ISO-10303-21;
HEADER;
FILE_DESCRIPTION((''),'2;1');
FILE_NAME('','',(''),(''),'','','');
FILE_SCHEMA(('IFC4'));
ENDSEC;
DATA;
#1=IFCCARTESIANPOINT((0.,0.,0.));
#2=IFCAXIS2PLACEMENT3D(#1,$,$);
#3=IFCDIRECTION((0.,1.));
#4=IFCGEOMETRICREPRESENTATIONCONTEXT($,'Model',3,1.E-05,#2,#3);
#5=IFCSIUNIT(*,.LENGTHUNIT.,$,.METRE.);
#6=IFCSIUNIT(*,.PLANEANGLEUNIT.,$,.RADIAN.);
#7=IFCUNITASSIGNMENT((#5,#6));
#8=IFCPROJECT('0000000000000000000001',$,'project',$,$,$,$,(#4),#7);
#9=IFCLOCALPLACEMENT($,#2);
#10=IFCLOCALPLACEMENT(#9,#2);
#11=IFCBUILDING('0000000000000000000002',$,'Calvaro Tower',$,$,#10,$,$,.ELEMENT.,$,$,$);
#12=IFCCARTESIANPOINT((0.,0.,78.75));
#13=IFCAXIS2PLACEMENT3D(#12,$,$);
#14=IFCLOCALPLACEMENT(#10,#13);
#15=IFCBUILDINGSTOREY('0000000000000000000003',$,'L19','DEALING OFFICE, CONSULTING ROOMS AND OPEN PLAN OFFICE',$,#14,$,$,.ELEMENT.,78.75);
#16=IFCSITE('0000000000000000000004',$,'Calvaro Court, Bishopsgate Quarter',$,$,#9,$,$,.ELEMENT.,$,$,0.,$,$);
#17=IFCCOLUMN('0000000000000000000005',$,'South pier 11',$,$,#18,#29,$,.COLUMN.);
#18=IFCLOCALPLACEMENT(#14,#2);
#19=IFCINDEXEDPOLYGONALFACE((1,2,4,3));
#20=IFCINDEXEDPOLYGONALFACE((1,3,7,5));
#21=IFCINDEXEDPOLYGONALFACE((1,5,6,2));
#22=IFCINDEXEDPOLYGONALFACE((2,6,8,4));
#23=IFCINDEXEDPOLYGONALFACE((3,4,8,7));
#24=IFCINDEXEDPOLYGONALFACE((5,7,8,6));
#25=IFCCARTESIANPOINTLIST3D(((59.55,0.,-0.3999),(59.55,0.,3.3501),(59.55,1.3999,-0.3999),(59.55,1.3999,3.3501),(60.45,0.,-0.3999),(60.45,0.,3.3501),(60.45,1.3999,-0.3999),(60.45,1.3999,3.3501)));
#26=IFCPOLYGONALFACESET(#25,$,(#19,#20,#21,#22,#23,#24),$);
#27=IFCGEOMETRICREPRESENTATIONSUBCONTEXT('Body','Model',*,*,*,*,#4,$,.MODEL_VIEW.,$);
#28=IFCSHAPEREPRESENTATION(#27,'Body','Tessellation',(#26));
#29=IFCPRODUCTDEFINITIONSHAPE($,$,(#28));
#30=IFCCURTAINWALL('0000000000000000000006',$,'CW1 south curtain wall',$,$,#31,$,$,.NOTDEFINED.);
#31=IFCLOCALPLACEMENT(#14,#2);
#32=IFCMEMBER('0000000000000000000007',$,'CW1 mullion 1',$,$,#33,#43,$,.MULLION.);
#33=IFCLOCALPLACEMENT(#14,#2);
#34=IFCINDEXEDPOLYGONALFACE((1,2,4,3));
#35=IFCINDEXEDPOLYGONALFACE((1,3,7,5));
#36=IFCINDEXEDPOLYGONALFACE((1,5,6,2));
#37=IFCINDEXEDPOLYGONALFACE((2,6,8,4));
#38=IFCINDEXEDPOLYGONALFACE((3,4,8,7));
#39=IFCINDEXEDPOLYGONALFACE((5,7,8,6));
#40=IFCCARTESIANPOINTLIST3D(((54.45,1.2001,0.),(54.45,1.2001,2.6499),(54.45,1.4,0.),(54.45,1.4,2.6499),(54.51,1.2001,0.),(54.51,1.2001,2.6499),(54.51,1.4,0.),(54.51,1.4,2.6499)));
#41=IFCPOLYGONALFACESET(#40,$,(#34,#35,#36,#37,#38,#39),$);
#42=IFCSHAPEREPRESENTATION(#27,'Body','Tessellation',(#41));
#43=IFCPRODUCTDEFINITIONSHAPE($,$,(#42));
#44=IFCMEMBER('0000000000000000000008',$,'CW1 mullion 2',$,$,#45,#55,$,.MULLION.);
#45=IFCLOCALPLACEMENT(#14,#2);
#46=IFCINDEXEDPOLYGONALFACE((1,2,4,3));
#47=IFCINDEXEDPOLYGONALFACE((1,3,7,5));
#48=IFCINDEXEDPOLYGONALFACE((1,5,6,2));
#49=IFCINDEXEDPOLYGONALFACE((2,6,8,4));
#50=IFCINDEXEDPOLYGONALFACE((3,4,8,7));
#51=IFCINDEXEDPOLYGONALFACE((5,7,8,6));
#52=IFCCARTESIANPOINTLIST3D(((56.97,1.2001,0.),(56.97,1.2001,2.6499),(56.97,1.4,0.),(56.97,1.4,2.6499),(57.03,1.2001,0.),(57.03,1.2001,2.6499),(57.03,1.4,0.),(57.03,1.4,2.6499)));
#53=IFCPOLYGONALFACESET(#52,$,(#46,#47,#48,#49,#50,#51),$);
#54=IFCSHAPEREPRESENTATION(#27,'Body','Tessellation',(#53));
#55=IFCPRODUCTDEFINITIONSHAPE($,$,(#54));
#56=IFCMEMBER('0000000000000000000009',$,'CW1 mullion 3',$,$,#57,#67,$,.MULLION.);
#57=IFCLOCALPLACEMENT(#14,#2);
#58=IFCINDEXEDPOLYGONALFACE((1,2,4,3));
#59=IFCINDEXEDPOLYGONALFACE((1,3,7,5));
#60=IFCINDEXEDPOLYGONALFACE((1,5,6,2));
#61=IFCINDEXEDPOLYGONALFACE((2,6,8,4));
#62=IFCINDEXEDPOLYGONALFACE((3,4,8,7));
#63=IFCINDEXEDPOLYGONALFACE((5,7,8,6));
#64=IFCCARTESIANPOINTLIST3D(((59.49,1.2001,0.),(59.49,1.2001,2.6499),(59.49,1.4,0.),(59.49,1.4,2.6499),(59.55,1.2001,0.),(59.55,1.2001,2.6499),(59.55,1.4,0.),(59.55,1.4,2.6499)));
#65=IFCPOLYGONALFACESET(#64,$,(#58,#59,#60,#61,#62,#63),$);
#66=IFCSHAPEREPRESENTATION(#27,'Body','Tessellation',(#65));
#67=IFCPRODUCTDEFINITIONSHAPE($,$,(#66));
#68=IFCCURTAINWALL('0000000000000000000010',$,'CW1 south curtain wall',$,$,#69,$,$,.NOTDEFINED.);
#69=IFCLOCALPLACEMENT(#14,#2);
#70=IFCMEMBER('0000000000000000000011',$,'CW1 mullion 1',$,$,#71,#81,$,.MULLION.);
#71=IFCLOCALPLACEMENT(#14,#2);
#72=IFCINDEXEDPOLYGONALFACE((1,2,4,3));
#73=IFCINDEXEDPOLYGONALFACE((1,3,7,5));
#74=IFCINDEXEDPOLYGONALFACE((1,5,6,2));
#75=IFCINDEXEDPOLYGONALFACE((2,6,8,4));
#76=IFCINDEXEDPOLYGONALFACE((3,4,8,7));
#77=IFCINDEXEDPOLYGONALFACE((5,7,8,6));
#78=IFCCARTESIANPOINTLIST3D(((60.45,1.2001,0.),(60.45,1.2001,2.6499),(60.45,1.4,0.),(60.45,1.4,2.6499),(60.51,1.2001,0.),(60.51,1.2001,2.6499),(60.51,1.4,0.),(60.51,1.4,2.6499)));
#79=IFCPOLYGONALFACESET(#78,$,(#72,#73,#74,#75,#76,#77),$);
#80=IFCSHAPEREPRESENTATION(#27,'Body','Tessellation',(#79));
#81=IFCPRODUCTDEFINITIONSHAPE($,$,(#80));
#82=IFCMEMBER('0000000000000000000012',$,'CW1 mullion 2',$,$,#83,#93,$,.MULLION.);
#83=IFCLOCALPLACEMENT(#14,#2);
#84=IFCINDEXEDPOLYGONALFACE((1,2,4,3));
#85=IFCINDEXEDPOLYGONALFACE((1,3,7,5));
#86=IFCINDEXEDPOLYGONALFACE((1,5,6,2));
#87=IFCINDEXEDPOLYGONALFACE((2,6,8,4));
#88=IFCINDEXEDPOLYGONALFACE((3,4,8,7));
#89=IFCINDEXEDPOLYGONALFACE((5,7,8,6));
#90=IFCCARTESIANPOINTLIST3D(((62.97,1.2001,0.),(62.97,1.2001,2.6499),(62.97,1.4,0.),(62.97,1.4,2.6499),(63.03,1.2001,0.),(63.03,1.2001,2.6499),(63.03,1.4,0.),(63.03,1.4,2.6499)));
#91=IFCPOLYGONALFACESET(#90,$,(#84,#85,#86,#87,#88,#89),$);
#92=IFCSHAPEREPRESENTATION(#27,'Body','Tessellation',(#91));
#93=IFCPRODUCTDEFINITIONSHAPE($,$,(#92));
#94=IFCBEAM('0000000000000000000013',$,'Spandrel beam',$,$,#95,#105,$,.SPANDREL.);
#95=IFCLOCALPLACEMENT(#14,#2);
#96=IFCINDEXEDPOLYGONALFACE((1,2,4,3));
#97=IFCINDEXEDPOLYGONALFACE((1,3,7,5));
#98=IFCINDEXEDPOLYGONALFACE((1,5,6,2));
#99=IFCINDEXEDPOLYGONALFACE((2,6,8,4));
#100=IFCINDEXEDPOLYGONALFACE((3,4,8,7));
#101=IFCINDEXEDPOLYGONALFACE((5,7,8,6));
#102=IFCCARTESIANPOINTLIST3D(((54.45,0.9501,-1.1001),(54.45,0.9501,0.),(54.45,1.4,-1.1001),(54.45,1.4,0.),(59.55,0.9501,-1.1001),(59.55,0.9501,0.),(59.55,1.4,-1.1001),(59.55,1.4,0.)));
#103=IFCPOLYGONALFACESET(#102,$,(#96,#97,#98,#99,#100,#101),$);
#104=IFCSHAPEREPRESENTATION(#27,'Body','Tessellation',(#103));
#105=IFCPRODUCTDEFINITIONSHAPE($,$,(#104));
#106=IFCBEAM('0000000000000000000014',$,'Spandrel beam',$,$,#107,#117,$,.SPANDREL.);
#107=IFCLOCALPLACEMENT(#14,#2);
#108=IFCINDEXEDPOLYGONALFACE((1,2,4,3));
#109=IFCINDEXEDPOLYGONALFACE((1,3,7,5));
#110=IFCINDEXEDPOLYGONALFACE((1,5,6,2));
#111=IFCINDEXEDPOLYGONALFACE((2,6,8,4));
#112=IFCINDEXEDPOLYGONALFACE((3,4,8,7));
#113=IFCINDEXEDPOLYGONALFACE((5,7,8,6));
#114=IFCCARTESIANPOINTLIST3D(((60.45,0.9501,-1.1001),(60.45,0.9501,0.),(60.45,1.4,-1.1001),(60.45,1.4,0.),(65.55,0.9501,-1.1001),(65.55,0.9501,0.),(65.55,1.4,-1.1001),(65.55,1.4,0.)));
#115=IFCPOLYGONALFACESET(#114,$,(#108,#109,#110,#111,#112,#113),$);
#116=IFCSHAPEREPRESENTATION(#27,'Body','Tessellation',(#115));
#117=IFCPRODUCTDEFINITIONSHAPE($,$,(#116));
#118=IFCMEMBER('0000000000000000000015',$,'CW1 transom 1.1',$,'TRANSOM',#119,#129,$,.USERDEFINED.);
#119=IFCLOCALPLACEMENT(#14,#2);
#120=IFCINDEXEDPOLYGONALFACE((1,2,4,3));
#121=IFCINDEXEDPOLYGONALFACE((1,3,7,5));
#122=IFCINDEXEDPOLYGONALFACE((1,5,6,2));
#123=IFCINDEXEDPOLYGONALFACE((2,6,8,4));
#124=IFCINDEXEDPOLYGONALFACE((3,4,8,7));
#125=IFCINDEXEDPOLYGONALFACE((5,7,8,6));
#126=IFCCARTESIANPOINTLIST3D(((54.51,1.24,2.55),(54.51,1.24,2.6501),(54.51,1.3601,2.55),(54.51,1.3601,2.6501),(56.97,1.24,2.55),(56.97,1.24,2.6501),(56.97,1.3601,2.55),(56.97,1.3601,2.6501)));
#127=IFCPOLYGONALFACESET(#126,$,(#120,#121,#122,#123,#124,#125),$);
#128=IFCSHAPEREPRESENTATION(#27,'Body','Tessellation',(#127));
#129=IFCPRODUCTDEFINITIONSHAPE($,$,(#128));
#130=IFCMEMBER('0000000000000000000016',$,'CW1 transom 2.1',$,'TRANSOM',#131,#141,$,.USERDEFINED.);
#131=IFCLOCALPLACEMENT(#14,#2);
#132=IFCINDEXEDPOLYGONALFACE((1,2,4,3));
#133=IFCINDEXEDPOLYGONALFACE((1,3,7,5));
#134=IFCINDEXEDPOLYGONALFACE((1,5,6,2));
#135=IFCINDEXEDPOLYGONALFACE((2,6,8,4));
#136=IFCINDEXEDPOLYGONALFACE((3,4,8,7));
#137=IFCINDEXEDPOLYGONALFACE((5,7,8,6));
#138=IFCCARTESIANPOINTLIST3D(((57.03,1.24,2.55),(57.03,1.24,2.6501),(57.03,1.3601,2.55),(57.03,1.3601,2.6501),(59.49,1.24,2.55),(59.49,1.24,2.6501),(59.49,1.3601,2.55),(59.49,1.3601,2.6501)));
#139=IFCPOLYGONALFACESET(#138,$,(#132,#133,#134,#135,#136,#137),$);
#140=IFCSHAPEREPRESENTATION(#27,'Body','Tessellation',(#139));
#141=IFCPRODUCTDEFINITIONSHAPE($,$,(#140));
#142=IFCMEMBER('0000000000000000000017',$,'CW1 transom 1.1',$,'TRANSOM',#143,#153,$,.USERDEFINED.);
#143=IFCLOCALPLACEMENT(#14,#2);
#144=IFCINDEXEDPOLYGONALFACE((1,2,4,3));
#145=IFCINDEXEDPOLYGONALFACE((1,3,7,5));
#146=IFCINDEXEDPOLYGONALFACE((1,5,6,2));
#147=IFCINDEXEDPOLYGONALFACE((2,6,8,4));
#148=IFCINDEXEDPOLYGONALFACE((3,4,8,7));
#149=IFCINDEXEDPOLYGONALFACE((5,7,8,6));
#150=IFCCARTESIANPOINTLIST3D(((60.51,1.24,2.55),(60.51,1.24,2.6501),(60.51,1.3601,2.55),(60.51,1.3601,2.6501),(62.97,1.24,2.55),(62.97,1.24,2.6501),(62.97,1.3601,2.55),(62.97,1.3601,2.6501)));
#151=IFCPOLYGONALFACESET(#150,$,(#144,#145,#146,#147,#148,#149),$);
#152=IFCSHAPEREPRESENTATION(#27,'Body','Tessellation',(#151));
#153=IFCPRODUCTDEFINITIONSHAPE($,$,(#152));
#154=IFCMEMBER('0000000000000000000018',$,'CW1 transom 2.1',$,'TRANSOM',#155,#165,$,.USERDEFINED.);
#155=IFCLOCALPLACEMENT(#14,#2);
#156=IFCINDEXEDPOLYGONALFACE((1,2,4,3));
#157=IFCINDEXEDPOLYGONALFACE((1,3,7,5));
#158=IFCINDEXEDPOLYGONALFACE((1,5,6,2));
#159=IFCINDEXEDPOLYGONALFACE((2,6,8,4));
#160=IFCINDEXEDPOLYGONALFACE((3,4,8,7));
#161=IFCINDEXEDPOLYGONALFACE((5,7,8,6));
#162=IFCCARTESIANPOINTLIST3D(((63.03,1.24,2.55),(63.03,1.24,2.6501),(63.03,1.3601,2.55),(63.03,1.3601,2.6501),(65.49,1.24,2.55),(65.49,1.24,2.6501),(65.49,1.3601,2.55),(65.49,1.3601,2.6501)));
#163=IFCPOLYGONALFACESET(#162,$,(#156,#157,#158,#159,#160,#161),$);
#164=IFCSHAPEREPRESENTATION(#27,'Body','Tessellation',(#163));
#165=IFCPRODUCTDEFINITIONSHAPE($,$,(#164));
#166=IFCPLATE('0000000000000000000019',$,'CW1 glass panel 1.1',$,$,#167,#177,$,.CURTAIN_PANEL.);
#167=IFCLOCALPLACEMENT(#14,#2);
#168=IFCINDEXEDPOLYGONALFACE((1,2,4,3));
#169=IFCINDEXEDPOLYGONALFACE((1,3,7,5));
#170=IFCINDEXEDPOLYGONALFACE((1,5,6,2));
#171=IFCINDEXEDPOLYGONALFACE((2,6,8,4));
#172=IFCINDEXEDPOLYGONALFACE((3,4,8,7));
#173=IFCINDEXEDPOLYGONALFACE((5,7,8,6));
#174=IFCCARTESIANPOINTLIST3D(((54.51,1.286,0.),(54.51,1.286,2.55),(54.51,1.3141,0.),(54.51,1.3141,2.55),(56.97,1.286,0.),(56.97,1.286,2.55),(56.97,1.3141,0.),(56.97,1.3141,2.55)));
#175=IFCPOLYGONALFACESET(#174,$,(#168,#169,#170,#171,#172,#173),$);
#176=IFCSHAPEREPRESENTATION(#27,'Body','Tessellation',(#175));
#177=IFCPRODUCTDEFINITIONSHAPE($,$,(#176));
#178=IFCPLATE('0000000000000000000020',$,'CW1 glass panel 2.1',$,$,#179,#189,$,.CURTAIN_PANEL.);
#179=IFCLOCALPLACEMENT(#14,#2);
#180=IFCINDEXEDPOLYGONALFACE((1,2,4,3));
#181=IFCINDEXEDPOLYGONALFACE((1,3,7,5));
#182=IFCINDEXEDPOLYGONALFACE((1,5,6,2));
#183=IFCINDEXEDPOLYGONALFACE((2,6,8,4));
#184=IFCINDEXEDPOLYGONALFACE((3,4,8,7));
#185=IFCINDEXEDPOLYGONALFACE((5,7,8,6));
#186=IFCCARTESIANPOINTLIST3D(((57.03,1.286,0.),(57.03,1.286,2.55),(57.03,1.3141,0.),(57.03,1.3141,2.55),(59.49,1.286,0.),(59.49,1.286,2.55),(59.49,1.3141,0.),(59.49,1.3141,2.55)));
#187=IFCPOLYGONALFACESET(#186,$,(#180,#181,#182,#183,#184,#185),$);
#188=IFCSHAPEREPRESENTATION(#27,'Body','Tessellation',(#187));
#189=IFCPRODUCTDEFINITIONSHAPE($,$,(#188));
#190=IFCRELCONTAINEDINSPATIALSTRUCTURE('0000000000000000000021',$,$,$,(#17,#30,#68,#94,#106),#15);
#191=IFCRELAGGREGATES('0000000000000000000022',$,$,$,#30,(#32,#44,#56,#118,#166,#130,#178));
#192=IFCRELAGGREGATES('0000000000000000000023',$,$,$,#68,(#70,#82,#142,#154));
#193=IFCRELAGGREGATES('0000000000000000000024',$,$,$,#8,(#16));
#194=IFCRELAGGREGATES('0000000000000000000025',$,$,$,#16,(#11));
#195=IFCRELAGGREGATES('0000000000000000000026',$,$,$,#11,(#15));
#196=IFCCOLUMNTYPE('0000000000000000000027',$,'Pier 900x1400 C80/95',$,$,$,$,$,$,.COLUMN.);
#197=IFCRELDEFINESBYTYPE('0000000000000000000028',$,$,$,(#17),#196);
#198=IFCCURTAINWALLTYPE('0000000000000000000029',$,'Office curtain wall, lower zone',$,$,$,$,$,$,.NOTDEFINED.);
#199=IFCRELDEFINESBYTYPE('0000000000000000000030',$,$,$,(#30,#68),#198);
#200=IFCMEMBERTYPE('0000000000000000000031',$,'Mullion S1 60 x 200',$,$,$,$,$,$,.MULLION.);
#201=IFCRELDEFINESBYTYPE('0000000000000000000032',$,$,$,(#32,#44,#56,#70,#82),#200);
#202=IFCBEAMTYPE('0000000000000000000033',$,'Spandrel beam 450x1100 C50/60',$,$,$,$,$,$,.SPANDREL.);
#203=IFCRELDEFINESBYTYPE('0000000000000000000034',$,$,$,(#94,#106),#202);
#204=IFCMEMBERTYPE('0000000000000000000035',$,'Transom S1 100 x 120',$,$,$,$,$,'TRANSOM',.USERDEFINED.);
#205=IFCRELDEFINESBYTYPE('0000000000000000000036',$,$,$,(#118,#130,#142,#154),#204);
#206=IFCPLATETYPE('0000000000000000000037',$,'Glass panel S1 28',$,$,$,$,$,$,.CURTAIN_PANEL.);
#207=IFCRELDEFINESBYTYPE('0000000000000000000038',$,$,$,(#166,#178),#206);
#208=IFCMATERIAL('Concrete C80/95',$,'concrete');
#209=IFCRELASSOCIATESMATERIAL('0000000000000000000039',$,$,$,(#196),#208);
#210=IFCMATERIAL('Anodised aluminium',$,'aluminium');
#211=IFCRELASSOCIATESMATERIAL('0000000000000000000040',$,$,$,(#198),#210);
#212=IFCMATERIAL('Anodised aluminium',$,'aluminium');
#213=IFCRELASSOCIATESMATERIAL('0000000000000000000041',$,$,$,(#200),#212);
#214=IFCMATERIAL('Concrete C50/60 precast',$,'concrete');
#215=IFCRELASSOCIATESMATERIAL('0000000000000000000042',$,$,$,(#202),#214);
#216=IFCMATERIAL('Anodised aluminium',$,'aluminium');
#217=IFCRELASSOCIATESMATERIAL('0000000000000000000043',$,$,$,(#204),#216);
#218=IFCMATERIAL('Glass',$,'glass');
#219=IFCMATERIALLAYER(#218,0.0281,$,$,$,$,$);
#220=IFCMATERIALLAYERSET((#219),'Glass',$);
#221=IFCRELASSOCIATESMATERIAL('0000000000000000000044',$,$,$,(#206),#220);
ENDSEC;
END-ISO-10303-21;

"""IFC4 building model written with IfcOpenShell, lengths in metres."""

from ifc_helpers import new_model, si_unit, direction, frame, origin, origin_2d, place, context, subcontext, project, spatial, rectangle, extrude, material, layer, layer_set, material_profile, profile_set, type_object, element, aggregate, save


model = new_model("IFC4")

# Units and contexts
model_context = context("Model", 3, precision=1e-05, world=origin(), true_north=direction((0.0, 1.0)))
body_context = subcontext(model_context, "Body", "Model", "MODEL_VIEW")
ifc_project = project(units=[si_unit("LENGTHUNIT", "METRE"), si_unit("PLANEANGLEUNIT", "RADIAN")], contexts=[model_context])

# Site, building, storey
site_placement = place(None, origin())
site = spatial("IfcSite", under=ifc_project, at=site_placement, Name="Calvaro Court, Bishopsgate Quarter", CompositionType="ELEMENT", RefElevation=0.0)
building_placement = place(site_placement, origin())
building = spatial("IfcBuilding", under=site, at=building_placement, Name="Calvaro Tower", CompositionType="ELEMENT")
storey_placement = place(building_placement, frame((0.0, 0.0, 78.75)))
storey = spatial("IfcBuildingStorey", under=building, at=storey_placement, Name="L19", Description="DEALING OFFICE, CONSULTING ROOMS AND OPEN PLAN OFFICE", CompositionType="ELEMENT", Elevation=78.75)

# Column
ifc_material_1 = material(Name="Concrete C80/95", Category="concrete")
ifc_material_profile_1 = material_profile(ifc_material_1, rectangle(XDim=0.8999, YDim=1.3999, at=origin_2d()), Name="RC 900x1400")
ifc_profile_set_1 = profile_set([ifc_material_profile_1], Name="Concrete C80/95")
column_type = type_object("IfcColumnType", Name="Pier 900x1400 C80/95", PredefinedType="COLUMN", material=ifc_profile_set_1)
column_placement = place(storey_placement, frame((60.0, 0.7, -0.3999), z_axis=(0.0, 0.0, 1.0), x_axis=(1.0, 0.0, 0.0)))
element("IfcColumn", 1, at=column_placement, inside=storey, type_object=column_type, Name="South pier 11", PredefinedType="COLUMN", context=body_context, shape_type="SweptSolid", body=[
    extrude(rectangle(XDim=0.8999, YDim=1.3999, at=origin_2d()), origin(), (0.0, 0.0, 1.0), 3.75),
])

# Curtain walls, members
ifc_material_2 = material(Name="Anodised aluminium", Category="aluminium")
curtain_wall_type = type_object("IfcCurtainWallType", Name="Office curtain wall, lower zone", PredefinedType="NOTDEFINED", material=ifc_material_2)
curtain_wall_1_placement = place(storey_placement, origin())
curtain_wall_1 = element("IfcCurtainWall", 2, at=curtain_wall_1_placement, inside=storey, type_object=curtain_wall_type, Name="CW1 south curtain wall", PredefinedType="NOTDEFINED")
ifc_material_3 = material(Name="Anodised aluminium", Category="aluminium")
ifc_material_profile_2 = material_profile(ifc_material_3, rectangle(XDim=0.2, YDim=0.0601, at=origin_2d()), Name="Mullion S1 60 x 200")
ifc_profile_set_2 = profile_set([ifc_material_profile_2], Name="Anodised aluminium")
member_type_1 = type_object("IfcMemberType", Name="Mullion S1 60 x 200", PredefinedType="MULLION", material=ifc_profile_set_2)
member_1_placement = place(storey_placement, frame((54.48, 1.3, 0.0), z_axis=(0.0, 0.0, 1.0), x_axis=(0.0, 1.0, 0.0)))
member_1 = element("IfcMember", 3, at=member_1_placement, type_object=member_type_1, Name="CW1 mullion 1", PredefinedType="MULLION", context=body_context, shape_type="SweptSolid", body=[
    extrude(rectangle(XDim=0.2, YDim=0.0601, at=origin_2d()), origin(), (0.0, 0.0, 1.0), 2.6499),
])
member_2_placement = place(storey_placement, frame((57.0, 1.3, 0.0), z_axis=(0.0, 0.0, 1.0), x_axis=(0.0, 1.0, 0.0)))
member_2 = element("IfcMember", 4, at=member_2_placement, type_object=member_type_1, Name="CW1 mullion 2", PredefinedType="MULLION", context=body_context, shape_type="SweptSolid", body=[
    extrude(rectangle(XDim=0.2, YDim=0.0601, at=origin_2d()), origin(), (0.0, 0.0, 1.0), 2.6499),
])
member_3_placement = place(storey_placement, frame((59.52, 1.3, 0.0), z_axis=(0.0, 0.0, 1.0), x_axis=(0.0, 1.0, 0.0)))
member_3 = element("IfcMember", 5, at=member_3_placement, type_object=member_type_1, Name="CW1 mullion 3", PredefinedType="MULLION", context=body_context, shape_type="SweptSolid", body=[
    extrude(rectangle(XDim=0.2, YDim=0.0601, at=origin_2d()), origin(), (0.0, 0.0, 1.0), 2.6499),
])
curtain_wall_2_placement = place(storey_placement, origin())
curtain_wall_2 = element("IfcCurtainWall", 6, at=curtain_wall_2_placement, inside=storey, type_object=curtain_wall_type, Name="CW1 south curtain wall", PredefinedType="NOTDEFINED")
member_4_placement = place(storey_placement, frame((60.48, 1.3, 0.0), z_axis=(0.0, 0.0, 1.0), x_axis=(0.0, 1.0, 0.0)))
member_4 = element("IfcMember", 7, at=member_4_placement, type_object=member_type_1, Name="CW1 mullion 1", PredefinedType="MULLION", context=body_context, shape_type="SweptSolid", body=[
    extrude(rectangle(XDim=0.2, YDim=0.0601, at=origin_2d()), origin(), (0.0, 0.0, 1.0), 2.6499),
])
member_5_placement = place(storey_placement, frame((63.0, 1.3, 0.0), z_axis=(0.0, 0.0, 1.0), x_axis=(0.0, 1.0, 0.0)))
member_5 = element("IfcMember", 8, at=member_5_placement, type_object=member_type_1, Name="CW1 mullion 2", PredefinedType="MULLION", context=body_context, shape_type="SweptSolid", body=[
    extrude(rectangle(XDim=0.2, YDim=0.0601, at=origin_2d()), origin(), (0.0, 0.0, 1.0), 2.6499),
])

# Beams
ifc_material_4 = material(Name="Concrete C50/60 precast", Category="concrete")
ifc_material_profile_3 = material_profile(ifc_material_4, rectangle(XDim=0.45, YDim=1.1001, at=origin_2d()), Name="RC 450x1100")
ifc_profile_set_3 = profile_set([ifc_material_profile_3], Name="Concrete C50/60 precast")
beam_type = type_object("IfcBeamType", Name="Spandrel beam 450x1100 C50/60", PredefinedType="SPANDREL", material=ifc_profile_set_3)
for number, where, z_axis, x_axis, name in (
    (9, (54.45, 1.175, -0.55), (1.0, 0.0, 0.0), (0.0, 1.0, 0.0), "Spandrel beam"),
    (10, (60.45, 1.175, -0.55), (1.0, 0.0, 0.0), (0.0, 1.0, 0.0), "Spandrel beam"),
):
    element("IfcBeam", number, at=place(storey_placement, frame(where, z_axis=z_axis, x_axis=x_axis)), inside=storey, type_object=beam_type, Name=name, PredefinedType="SPANDREL", context=body_context, shape_type="SweptSolid", body=[
        extrude(rectangle(XDim=0.45, YDim=1.1001, at=origin_2d()), origin(), (0.0, 0.0, 1.0), 5.1001),
    ])

# Members
ifc_material_5 = material(Name="Anodised aluminium", Category="aluminium")
ifc_material_profile_4 = material_profile(ifc_material_5, rectangle(XDim=0.1201, YDim=0.1001, at=origin_2d()), Name="Transom S1 100 x 120")
ifc_profile_set_4 = profile_set([ifc_material_profile_4], Name="Anodised aluminium")
member_type_2 = type_object("IfcMemberType", Name="Transom S1 100 x 120", ElementType="TRANSOM", PredefinedType="USERDEFINED", material=ifc_profile_set_4)
member_6_placement = place(storey_placement, frame((54.51, 1.3, 2.6001), z_axis=(1.0, 0.0, 0.0), x_axis=(0.0, 1.0, 0.0)))
member_6 = element("IfcMember", 11, at=member_6_placement, type_object=member_type_2, Name="CW1 transom 1.1", ObjectType="TRANSOM", PredefinedType="USERDEFINED", context=body_context, shape_type="SweptSolid", body=[
    extrude(rectangle(XDim=0.1201, YDim=0.1001, at=origin_2d()), origin(), (0.0, 0.0, 1.0), 2.46),
])
member_7_placement = place(storey_placement, frame((57.03, 1.3, 2.6001), z_axis=(1.0, 0.0, 0.0), x_axis=(0.0, 1.0, 0.0)))
member_7 = element("IfcMember", 12, at=member_7_placement, type_object=member_type_2, Name="CW1 transom 2.1", ObjectType="TRANSOM", PredefinedType="USERDEFINED", context=body_context, shape_type="SweptSolid", body=[
    extrude(rectangle(XDim=0.1201, YDim=0.1001, at=origin_2d()), origin(), (0.0, 0.0, 1.0), 2.46),
])
member_8_placement = place(storey_placement, frame((60.51, 1.3, 2.6001), z_axis=(1.0, 0.0, 0.0), x_axis=(0.0, 1.0, 0.0)))
member_8 = element("IfcMember", 13, at=member_8_placement, type_object=member_type_2, Name="CW1 transom 1.1", ObjectType="TRANSOM", PredefinedType="USERDEFINED", context=body_context, shape_type="SweptSolid", body=[
    extrude(rectangle(XDim=0.1201, YDim=0.1001, at=origin_2d()), origin(), (0.0, 0.0, 1.0), 2.46),
])
member_9_placement = place(storey_placement, frame((63.03, 1.3, 2.6001), z_axis=(1.0, 0.0, 0.0), x_axis=(0.0, 1.0, 0.0)))
member_9 = element("IfcMember", 14, at=member_9_placement, type_object=member_type_2, Name="CW1 transom 2.1", ObjectType="TRANSOM", PredefinedType="USERDEFINED", context=body_context, shape_type="SweptSolid", body=[
    extrude(rectangle(XDim=0.1201, YDim=0.1001, at=origin_2d()), origin(), (0.0, 0.0, 1.0), 2.46),
])

# Plates
ifc_material_6 = material(Name="Glass", Category="glass")
ifc_layer_1 = layer(ifc_material_6, 0.0281)
ifc_layer_set_1 = layer_set([ifc_layer_1], Name="Glass")
plate_type = type_object("IfcPlateType", Name="Glass panel S1 28", PredefinedType="CURTAIN_PANEL", material=ifc_layer_set_1)
plate_1_placement = place(storey_placement, frame((55.74, 1.3, 0.0), z_axis=(0.0, 0.0, 1.0), x_axis=(1.0, 0.0, 0.0)))
plate_1 = element("IfcPlate", 15, at=plate_1_placement, type_object=plate_type, Name="CW1 glass panel 1.1", PredefinedType="CURTAIN_PANEL", context=body_context, shape_type="SweptSolid", body=[
    extrude(rectangle(XDim=2.46, YDim=0.0281, at=origin_2d()), origin(), (0.0, 0.0, 1.0), 2.55),
])
plate_2_placement = place(storey_placement, frame((58.26, 1.3, 0.0), z_axis=(0.0, 0.0, 1.0), x_axis=(1.0, 0.0, 0.0)))
plate_2 = element("IfcPlate", 16, at=plate_2_placement, type_object=plate_type, Name="CW1 glass panel 2.1", PredefinedType="CURTAIN_PANEL", context=body_context, shape_type="SweptSolid", body=[
    extrude(rectangle(XDim=2.46, YDim=0.0281, at=origin_2d()), origin(), (0.0, 0.0, 1.0), 2.55),
])
aggregate(curtain_wall_1, [member_1, member_2, member_3, member_6, plate_1, member_7, plate_2])
aggregate(curtain_wall_2, [member_4, member_5, member_8, member_9])

save(model, "model.ifc")
